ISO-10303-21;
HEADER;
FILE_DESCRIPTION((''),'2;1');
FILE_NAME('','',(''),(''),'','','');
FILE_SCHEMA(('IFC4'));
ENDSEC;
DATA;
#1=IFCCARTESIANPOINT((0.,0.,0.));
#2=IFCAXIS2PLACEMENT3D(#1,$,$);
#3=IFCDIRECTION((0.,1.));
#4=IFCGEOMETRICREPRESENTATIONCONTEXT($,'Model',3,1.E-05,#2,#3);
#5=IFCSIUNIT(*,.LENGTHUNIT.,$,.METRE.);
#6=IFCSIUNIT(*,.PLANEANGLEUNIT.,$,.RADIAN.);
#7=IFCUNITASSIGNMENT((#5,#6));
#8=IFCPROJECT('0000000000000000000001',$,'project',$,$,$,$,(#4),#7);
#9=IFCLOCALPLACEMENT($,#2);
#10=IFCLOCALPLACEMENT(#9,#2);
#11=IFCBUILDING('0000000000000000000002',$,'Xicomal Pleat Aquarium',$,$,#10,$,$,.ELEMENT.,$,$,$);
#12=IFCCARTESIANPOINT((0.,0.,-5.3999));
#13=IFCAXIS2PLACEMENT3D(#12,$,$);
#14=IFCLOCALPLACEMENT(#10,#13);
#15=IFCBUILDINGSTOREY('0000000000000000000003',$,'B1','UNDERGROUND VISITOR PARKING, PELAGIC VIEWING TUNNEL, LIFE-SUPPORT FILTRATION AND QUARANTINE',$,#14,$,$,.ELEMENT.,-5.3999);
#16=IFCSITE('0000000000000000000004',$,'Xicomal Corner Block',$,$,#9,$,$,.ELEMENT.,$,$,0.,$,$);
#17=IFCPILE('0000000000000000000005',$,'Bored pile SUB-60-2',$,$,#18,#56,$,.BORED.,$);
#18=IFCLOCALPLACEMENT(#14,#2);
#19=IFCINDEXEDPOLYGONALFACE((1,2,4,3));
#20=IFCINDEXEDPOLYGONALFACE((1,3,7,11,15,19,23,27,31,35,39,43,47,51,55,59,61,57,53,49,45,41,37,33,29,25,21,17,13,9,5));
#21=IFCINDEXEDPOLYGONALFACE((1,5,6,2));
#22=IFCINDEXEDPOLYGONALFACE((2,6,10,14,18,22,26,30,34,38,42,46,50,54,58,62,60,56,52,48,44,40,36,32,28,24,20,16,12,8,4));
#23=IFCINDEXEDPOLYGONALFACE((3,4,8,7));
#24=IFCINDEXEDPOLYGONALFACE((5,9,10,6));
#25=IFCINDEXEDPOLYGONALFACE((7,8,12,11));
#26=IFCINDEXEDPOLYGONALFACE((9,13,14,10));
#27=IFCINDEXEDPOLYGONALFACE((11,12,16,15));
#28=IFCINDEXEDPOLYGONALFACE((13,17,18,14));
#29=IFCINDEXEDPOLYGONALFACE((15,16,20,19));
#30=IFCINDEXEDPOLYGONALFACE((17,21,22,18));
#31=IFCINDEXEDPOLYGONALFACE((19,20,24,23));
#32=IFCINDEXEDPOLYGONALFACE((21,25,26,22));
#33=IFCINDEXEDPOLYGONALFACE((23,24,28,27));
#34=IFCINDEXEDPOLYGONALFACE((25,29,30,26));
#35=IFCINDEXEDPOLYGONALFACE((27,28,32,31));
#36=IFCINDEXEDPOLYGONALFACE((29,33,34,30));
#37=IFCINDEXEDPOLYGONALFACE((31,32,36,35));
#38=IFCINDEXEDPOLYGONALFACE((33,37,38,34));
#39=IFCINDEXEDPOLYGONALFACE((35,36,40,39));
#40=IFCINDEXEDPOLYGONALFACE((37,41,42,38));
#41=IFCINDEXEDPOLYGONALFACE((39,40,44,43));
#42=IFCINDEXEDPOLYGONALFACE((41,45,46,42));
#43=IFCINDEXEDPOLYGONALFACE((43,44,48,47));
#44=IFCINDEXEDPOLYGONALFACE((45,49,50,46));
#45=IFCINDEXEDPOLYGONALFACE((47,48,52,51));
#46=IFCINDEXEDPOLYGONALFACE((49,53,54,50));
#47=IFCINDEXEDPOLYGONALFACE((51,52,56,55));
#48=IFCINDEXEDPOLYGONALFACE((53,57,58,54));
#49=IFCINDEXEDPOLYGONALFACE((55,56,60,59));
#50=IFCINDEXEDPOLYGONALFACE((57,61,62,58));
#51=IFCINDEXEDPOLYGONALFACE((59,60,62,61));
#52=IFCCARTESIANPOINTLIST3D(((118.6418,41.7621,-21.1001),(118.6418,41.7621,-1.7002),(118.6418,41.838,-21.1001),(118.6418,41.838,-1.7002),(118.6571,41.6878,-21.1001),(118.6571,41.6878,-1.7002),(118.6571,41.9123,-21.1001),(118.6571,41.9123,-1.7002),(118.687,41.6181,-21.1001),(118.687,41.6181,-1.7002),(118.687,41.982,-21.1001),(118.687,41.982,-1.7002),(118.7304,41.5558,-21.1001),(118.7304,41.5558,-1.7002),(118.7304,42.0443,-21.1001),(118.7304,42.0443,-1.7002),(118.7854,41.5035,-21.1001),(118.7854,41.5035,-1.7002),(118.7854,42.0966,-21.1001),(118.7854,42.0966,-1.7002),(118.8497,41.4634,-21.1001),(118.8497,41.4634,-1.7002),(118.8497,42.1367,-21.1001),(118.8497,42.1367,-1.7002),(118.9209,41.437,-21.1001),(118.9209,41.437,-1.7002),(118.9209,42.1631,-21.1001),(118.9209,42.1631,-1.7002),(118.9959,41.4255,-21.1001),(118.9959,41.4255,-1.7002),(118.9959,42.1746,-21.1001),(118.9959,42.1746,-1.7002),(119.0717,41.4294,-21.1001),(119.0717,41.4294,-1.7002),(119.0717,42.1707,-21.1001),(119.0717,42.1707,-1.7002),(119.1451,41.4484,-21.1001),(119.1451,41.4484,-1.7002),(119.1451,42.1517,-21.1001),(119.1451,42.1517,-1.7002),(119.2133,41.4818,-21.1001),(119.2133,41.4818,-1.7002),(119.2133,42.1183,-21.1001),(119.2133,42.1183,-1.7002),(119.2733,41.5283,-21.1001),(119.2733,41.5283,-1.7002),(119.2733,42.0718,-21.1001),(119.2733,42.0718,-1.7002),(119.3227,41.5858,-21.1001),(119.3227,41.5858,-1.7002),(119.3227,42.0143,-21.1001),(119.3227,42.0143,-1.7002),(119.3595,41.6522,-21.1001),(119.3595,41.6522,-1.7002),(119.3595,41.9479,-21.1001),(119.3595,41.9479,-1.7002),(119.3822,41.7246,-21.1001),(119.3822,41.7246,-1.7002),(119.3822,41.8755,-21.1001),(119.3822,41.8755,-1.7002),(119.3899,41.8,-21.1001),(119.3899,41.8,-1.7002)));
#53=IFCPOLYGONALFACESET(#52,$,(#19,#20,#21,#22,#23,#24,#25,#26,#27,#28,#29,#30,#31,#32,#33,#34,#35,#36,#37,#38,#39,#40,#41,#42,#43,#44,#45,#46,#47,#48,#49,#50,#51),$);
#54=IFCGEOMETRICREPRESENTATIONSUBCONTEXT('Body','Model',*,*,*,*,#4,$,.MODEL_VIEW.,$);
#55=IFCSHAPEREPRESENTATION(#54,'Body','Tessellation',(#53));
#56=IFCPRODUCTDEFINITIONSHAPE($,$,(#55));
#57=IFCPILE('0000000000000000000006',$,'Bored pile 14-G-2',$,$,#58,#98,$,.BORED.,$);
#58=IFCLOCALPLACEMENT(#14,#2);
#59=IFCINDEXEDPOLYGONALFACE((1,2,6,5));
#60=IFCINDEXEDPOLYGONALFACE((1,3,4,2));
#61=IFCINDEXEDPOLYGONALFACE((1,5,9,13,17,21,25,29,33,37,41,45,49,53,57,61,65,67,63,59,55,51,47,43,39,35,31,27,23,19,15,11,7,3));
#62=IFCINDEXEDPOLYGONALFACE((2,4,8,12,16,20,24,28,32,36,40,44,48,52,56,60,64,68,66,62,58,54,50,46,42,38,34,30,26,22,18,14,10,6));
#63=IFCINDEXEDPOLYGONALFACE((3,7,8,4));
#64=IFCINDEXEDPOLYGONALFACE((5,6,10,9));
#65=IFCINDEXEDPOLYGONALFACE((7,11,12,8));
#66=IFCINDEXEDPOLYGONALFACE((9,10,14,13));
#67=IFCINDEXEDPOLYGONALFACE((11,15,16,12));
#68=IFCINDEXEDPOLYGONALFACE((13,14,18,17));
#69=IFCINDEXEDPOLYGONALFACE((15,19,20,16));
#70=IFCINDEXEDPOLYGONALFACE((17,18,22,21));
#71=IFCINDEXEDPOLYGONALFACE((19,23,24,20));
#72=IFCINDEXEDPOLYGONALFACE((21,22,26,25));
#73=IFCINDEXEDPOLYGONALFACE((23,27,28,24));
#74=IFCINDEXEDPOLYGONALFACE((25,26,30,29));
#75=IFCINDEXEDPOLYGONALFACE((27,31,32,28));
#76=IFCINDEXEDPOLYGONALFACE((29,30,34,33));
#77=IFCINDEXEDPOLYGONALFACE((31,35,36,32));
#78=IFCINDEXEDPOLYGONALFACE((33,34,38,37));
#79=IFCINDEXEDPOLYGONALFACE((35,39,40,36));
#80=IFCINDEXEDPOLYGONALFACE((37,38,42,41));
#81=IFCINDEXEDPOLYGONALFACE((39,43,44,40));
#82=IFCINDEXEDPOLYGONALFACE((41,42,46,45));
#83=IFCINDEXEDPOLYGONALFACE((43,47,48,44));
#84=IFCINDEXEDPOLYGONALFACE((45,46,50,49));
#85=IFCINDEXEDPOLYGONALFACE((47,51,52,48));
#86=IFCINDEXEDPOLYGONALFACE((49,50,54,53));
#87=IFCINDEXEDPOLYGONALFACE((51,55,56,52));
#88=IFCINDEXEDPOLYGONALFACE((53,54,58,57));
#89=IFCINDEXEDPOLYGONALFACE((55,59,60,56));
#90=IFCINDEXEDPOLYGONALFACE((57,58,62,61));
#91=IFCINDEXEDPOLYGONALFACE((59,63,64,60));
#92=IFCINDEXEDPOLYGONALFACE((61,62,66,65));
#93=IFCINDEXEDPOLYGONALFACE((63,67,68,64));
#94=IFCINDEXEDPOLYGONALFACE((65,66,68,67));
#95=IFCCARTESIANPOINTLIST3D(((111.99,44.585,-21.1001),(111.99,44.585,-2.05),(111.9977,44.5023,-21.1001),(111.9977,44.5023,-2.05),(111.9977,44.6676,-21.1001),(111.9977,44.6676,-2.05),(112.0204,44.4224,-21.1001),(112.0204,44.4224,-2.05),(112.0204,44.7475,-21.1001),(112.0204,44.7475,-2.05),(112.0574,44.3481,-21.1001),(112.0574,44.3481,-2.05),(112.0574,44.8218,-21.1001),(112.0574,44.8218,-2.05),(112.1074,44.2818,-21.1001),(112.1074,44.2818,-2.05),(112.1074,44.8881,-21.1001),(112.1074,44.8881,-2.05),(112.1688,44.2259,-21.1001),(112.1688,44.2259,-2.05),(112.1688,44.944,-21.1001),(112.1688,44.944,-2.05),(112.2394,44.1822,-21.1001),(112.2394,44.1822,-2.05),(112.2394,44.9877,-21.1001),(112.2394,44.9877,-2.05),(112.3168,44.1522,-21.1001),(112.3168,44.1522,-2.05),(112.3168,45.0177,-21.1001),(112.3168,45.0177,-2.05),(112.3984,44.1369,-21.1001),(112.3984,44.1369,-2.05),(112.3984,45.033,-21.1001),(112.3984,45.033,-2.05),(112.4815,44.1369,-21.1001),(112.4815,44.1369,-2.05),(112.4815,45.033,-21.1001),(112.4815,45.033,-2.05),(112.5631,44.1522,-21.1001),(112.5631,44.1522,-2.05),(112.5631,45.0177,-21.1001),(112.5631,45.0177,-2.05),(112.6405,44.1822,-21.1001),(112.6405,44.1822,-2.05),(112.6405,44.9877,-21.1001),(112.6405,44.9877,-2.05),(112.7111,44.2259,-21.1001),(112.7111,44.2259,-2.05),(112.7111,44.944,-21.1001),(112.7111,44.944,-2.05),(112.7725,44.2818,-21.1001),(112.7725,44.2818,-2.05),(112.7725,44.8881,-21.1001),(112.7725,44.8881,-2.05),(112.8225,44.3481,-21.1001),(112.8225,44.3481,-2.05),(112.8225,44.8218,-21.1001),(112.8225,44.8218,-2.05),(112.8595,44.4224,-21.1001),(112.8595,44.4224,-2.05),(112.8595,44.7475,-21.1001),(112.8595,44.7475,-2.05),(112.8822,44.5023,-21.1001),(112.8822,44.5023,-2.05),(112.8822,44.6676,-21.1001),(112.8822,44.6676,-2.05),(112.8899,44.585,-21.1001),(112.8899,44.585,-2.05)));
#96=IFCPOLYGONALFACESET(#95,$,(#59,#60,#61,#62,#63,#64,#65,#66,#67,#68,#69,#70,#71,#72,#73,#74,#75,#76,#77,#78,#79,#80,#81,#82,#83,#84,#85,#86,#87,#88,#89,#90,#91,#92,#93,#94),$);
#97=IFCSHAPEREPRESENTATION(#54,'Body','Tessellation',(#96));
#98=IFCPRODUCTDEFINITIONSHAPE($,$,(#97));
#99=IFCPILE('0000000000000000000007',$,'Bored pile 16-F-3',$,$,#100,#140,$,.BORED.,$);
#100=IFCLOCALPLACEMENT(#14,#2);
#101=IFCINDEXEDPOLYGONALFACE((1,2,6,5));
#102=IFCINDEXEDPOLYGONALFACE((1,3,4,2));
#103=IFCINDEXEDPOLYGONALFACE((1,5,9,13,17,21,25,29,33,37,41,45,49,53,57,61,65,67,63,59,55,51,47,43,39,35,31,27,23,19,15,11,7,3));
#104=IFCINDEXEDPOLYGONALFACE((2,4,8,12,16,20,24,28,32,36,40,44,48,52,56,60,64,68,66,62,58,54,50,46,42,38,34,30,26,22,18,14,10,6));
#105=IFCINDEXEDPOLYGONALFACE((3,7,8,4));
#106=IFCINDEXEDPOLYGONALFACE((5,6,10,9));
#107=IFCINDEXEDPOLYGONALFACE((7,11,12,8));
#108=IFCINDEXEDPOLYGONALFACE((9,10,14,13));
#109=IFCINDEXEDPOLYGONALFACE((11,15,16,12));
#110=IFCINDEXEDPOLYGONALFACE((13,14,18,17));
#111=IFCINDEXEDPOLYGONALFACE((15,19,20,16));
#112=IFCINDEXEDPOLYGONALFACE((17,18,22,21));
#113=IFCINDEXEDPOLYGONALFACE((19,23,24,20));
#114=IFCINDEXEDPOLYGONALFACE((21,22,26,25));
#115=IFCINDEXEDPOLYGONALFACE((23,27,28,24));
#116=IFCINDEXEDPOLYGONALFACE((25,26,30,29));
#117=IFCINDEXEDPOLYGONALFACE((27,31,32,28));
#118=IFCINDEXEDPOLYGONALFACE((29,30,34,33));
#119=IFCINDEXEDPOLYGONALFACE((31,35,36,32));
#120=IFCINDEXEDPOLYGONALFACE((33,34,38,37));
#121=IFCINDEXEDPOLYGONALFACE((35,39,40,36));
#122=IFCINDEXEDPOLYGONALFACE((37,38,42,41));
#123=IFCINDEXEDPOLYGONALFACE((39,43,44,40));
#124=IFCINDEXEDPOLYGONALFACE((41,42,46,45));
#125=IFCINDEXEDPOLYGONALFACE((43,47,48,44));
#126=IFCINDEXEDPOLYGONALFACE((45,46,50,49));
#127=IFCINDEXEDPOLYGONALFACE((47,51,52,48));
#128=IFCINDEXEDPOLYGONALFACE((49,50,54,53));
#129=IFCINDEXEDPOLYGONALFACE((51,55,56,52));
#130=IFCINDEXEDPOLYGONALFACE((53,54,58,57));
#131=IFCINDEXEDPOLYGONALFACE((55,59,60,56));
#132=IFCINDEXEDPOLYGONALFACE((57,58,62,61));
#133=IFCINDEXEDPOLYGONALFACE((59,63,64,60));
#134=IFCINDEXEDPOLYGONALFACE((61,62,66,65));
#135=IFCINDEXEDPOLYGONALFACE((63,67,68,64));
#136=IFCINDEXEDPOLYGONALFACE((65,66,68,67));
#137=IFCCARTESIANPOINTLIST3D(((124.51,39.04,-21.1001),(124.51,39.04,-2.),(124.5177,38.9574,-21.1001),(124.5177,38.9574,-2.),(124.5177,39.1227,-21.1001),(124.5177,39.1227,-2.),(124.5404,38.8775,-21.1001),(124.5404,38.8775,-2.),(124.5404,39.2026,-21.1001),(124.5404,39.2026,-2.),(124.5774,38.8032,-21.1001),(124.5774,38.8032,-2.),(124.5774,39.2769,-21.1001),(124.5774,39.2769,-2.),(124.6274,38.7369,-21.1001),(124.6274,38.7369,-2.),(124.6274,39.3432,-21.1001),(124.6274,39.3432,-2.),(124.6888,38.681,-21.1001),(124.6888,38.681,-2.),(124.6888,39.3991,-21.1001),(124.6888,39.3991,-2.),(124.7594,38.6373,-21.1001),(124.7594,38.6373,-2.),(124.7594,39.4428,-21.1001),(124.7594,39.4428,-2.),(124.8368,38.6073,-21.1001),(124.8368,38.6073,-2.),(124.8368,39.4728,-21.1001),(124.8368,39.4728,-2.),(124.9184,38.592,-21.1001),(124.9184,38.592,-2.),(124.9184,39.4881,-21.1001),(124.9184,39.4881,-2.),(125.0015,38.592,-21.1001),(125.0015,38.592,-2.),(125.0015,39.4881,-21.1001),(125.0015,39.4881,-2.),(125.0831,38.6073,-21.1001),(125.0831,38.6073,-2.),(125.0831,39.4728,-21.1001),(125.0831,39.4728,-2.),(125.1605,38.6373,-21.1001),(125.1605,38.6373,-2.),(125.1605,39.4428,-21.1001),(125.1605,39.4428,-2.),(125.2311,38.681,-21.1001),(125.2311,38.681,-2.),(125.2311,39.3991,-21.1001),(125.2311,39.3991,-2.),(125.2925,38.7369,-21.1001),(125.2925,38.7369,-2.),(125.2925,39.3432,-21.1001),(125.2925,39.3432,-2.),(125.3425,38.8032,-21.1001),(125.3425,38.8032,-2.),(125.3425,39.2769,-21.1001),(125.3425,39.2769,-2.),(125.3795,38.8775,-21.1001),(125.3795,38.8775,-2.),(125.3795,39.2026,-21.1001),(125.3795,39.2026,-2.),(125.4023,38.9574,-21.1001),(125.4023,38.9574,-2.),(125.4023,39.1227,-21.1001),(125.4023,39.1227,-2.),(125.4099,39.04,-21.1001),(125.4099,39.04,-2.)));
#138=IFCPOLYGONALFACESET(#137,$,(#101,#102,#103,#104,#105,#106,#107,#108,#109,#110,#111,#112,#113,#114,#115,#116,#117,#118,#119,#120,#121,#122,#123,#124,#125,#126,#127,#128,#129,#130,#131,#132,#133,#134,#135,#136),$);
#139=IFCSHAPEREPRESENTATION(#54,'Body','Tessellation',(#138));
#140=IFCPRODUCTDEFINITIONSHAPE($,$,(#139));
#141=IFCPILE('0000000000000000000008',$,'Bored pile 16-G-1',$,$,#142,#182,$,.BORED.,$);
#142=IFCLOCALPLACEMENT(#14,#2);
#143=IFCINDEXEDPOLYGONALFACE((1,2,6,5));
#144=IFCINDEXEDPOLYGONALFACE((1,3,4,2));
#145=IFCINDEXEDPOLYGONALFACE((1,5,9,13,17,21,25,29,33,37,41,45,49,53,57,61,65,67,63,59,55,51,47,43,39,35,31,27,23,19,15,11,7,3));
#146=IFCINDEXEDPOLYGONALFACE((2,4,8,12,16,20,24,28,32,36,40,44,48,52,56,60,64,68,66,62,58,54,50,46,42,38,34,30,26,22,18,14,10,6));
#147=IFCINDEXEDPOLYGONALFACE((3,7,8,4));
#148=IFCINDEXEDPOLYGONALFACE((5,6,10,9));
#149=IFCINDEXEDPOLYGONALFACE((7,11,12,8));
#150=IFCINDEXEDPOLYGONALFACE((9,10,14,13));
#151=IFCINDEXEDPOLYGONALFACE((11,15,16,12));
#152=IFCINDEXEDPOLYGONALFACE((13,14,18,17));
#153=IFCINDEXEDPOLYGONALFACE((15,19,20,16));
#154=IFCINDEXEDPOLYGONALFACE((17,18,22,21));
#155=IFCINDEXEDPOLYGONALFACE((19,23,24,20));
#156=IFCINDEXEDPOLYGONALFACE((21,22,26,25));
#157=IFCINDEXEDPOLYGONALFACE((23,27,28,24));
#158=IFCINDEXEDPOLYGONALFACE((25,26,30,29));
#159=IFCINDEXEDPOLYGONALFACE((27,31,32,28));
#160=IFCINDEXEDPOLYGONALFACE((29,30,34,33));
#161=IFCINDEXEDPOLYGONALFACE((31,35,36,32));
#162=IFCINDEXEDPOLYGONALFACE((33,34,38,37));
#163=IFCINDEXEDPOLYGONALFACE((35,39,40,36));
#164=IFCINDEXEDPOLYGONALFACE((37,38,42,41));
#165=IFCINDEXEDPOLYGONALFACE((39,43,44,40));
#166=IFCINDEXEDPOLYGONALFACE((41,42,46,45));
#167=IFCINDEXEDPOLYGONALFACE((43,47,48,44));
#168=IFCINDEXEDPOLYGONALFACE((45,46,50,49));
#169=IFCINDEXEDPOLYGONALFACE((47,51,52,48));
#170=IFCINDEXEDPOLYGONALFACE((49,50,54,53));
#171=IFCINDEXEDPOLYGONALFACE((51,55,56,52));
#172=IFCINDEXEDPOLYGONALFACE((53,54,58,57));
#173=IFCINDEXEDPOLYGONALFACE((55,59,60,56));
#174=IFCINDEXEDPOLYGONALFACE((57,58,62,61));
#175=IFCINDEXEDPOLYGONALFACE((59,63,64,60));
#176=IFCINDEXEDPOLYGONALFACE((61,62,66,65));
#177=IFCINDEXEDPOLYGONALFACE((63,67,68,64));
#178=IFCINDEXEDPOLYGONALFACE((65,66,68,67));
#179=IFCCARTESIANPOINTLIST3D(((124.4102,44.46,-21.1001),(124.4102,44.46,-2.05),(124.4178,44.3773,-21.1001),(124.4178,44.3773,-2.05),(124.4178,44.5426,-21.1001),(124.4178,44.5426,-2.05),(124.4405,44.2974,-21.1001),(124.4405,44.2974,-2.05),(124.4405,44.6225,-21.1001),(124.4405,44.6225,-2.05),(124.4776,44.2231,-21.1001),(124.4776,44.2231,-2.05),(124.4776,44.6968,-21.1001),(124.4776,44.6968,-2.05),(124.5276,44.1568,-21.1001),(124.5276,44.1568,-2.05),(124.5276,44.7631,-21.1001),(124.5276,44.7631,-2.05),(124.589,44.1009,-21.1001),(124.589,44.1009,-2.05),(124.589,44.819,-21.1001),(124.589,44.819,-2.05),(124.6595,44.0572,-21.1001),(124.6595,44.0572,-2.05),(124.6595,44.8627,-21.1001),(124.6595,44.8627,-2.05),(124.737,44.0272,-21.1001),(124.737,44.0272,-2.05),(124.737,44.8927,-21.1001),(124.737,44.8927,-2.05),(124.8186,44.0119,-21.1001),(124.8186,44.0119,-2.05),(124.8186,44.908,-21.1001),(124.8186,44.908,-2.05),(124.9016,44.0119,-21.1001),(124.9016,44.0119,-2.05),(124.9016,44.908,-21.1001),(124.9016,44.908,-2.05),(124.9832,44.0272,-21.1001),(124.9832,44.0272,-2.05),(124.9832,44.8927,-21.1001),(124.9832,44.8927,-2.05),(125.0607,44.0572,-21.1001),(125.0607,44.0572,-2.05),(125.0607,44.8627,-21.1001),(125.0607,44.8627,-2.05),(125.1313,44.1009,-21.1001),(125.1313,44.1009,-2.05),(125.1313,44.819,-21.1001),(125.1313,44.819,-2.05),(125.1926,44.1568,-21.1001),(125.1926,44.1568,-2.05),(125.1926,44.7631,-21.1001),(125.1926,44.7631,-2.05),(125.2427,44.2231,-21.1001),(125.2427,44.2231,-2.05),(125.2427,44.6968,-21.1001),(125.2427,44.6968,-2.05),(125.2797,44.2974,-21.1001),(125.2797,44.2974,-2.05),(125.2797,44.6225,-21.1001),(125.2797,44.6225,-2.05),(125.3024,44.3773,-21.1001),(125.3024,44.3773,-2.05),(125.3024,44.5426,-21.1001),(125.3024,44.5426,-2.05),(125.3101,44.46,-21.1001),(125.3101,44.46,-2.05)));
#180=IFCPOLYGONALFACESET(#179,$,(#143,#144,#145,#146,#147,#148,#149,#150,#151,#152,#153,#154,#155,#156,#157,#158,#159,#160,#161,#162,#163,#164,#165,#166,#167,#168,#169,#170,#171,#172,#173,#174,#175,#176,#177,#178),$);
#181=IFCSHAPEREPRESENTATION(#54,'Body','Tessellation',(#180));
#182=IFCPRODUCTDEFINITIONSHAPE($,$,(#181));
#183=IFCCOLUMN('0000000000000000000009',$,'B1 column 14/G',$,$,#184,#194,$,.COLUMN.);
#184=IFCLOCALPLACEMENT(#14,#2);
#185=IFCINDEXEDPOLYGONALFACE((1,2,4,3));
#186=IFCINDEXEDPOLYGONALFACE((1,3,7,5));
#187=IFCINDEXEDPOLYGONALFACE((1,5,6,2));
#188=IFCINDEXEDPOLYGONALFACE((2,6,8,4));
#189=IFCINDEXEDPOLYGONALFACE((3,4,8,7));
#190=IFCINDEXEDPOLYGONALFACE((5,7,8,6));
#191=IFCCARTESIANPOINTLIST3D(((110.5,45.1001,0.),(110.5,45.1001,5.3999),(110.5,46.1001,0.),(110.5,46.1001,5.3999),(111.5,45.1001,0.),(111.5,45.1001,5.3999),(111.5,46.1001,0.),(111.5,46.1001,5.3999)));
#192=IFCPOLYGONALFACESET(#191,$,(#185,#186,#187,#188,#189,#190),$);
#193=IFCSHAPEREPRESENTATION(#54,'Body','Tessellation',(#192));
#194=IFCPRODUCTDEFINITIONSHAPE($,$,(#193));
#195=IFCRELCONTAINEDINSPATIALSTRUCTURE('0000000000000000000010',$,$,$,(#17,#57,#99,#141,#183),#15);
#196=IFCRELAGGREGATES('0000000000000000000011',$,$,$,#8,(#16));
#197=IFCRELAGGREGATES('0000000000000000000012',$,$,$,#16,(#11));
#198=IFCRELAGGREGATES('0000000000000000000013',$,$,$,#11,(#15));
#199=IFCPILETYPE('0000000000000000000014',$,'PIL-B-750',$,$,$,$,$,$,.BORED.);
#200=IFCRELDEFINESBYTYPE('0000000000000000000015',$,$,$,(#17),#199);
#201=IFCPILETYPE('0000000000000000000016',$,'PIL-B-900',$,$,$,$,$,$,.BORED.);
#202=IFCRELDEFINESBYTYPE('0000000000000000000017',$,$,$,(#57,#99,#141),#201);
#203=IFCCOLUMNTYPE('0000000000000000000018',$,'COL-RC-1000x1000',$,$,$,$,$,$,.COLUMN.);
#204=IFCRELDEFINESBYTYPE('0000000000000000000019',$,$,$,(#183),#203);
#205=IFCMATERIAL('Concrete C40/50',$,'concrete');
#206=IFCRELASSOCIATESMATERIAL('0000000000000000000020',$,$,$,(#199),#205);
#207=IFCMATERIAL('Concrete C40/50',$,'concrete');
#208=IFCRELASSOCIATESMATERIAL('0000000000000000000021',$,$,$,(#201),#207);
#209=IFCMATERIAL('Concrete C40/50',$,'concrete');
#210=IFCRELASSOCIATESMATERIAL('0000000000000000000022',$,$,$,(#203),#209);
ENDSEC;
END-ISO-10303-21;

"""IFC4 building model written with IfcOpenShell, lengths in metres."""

from ifc_helpers import new_model, si_unit, direction, frame, origin, origin_2d, place, context, subcontext, project, spatial, rectangle, circle, extrude, material, material_profile, profile_set, type_object, element, save


model = new_model("IFC4")

# Units and contexts
model_context = context("Model", 3, precision=1e-05, world=origin(), true_north=direction((0.0, 1.0)))
body_context = subcontext(model_context, "Body", "Model", "MODEL_VIEW")
ifc_project = project(units=[si_unit("LENGTHUNIT", "METRE"), si_unit("PLANEANGLEUNIT", "RADIAN")], contexts=[model_context])

# Site, building, storey
site_placement = place(None, origin())
site = spatial("IfcSite", under=ifc_project, at=site_placement, Name="Xicomal Corner Block", CompositionType="ELEMENT", RefElevation=0.0)
building_placement = place(site_placement, origin())
building = spatial("IfcBuilding", under=site, at=building_placement, Name="Xicomal Pleat Aquarium", CompositionType="ELEMENT")
storey_placement = place(building_placement, frame((0.0, 0.0, -5.3999)))
storey = spatial("IfcBuildingStorey", under=building, at=storey_placement, Name="B1", Description="UNDERGROUND VISITOR PARKING, PELAGIC VIEWING TUNNEL, LIFE-SUPPORT FILTRATION AND QUARANTINE", CompositionType="ELEMENT", Elevation=-5.3999)

# Piles
ifc_material_1 = material(Name="Concrete C40/50", Category="concrete")
ifc_material_profile_1 = material_profile(ifc_material_1, circle(Radius=0.375, at=origin_2d()), Name="BORED PILE D750")
ifc_profile_set_1 = profile_set([ifc_material_profile_1], Name="Concrete C40/50")
pile_type_1 = type_object("IfcPileType", Name="PIL-B-750", PredefinedType="BORED", material=ifc_profile_set_1)
for number, where, z_axis, x_axis, name in (
    (1, (119.0149, 41.8, -1.7002), (0.0, 0.0, -1.0), (1.0, 0.0, 0.0), "Bored pile SUB-60-2"),
):
    element("IfcPile", number, at=place(storey_placement, frame(where, z_axis=z_axis, x_axis=x_axis)), inside=storey, type_object=pile_type_1, Name=name, PredefinedType="BORED", context=body_context, shape_type="SweptSolid", body=[
        extrude(circle(Radius=0.375, at=origin_2d()), origin(), (0.0, 0.0, 1.0), 19.3999),
    ])
ifc_material_2 = material(Name="Concrete C40/50", Category="concrete")
ifc_material_profile_2 = material_profile(ifc_material_2, circle(Radius=0.45, at=origin_2d()), Name="BORED PILE D900")
ifc_profile_set_2 = profile_set([ifc_material_profile_2], Name="Concrete C40/50")
pile_type_2 = type_object("IfcPileType", Name="PIL-B-900", PredefinedType="BORED", material=ifc_profile_set_2)
pile_1_placement = place(storey_placement, frame((112.4399, 44.585, -2.05), z_axis=(0.0, 0.0, -1.0), x_axis=(1.0, 0.0, 0.0)))
element("IfcPile", 2, at=pile_1_placement, inside=storey, type_object=pile_type_2, Name="Bored pile 14-G-2", PredefinedType="BORED", context=body_context, shape_type="SweptSolid", body=[
    extrude(circle(Radius=0.45, at=origin_2d()), origin(), (0.0, 0.0, 1.0), 19.05),
])
pile_2_placement = place(storey_placement, frame((124.96, 39.04, -2.0), z_axis=(0.0, 0.0, -1.0), x_axis=(1.0, 0.0, 0.0)))
element("IfcPile", 3, at=pile_2_placement, inside=storey, type_object=pile_type_2, Name="Bored pile 16-F-3", PredefinedType="BORED", context=body_context, shape_type="SweptSolid", body=[
    extrude(circle(Radius=0.45, at=origin_2d()), origin(), (0.0, 0.0, 1.0), 19.1001),
])
pile_3_placement = place(storey_placement, frame((124.8601, 44.46, -2.05), z_axis=(0.0, 0.0, -1.0), x_axis=(1.0, 0.0, 0.0)))
element("IfcPile", 4, at=pile_3_placement, inside=storey, type_object=pile_type_2, Name="Bored pile 16-G-1", PredefinedType="BORED", context=body_context, shape_type="SweptSolid", body=[
    extrude(circle(Radius=0.45, at=origin_2d()), origin(), (0.0, 0.0, 1.0), 19.05),
])

# Column
ifc_material_3 = material(Name="Concrete C40/50", Category="concrete")
ifc_material_profile_3 = material_profile(ifc_material_3, rectangle(XDim=1.0, YDim=1.0, at=origin_2d()), Name="RC 1000x1000")
ifc_profile_set_3 = profile_set([ifc_material_profile_3], Name="Concrete C40/50")
column_type_1 = type_object("IfcColumnType", Name="COL-RC-1000x1000", PredefinedType="COLUMN", material=ifc_profile_set_3)
for number, where, z_axis, x_axis, name in (
    (5, (111.0, 45.6001, 0.0), (0.0, 0.0, 1.0), (1.0, 0.0, 0.0), "B1 column 14/G"),
):
    element("IfcColumn", number, at=place(storey_placement, frame(where, z_axis=z_axis, x_axis=x_axis)), inside=storey, type_object=column_type_1, Name=name, PredefinedType="COLUMN", context=body_context, shape_type="SweptSolid", body=[
        extrude(rectangle(XDim=1.0, YDim=1.0, at=origin_2d()), origin(), (0.0, 0.0, 1.0), 5.3999),
    ])

save(model, "model.ifc")
